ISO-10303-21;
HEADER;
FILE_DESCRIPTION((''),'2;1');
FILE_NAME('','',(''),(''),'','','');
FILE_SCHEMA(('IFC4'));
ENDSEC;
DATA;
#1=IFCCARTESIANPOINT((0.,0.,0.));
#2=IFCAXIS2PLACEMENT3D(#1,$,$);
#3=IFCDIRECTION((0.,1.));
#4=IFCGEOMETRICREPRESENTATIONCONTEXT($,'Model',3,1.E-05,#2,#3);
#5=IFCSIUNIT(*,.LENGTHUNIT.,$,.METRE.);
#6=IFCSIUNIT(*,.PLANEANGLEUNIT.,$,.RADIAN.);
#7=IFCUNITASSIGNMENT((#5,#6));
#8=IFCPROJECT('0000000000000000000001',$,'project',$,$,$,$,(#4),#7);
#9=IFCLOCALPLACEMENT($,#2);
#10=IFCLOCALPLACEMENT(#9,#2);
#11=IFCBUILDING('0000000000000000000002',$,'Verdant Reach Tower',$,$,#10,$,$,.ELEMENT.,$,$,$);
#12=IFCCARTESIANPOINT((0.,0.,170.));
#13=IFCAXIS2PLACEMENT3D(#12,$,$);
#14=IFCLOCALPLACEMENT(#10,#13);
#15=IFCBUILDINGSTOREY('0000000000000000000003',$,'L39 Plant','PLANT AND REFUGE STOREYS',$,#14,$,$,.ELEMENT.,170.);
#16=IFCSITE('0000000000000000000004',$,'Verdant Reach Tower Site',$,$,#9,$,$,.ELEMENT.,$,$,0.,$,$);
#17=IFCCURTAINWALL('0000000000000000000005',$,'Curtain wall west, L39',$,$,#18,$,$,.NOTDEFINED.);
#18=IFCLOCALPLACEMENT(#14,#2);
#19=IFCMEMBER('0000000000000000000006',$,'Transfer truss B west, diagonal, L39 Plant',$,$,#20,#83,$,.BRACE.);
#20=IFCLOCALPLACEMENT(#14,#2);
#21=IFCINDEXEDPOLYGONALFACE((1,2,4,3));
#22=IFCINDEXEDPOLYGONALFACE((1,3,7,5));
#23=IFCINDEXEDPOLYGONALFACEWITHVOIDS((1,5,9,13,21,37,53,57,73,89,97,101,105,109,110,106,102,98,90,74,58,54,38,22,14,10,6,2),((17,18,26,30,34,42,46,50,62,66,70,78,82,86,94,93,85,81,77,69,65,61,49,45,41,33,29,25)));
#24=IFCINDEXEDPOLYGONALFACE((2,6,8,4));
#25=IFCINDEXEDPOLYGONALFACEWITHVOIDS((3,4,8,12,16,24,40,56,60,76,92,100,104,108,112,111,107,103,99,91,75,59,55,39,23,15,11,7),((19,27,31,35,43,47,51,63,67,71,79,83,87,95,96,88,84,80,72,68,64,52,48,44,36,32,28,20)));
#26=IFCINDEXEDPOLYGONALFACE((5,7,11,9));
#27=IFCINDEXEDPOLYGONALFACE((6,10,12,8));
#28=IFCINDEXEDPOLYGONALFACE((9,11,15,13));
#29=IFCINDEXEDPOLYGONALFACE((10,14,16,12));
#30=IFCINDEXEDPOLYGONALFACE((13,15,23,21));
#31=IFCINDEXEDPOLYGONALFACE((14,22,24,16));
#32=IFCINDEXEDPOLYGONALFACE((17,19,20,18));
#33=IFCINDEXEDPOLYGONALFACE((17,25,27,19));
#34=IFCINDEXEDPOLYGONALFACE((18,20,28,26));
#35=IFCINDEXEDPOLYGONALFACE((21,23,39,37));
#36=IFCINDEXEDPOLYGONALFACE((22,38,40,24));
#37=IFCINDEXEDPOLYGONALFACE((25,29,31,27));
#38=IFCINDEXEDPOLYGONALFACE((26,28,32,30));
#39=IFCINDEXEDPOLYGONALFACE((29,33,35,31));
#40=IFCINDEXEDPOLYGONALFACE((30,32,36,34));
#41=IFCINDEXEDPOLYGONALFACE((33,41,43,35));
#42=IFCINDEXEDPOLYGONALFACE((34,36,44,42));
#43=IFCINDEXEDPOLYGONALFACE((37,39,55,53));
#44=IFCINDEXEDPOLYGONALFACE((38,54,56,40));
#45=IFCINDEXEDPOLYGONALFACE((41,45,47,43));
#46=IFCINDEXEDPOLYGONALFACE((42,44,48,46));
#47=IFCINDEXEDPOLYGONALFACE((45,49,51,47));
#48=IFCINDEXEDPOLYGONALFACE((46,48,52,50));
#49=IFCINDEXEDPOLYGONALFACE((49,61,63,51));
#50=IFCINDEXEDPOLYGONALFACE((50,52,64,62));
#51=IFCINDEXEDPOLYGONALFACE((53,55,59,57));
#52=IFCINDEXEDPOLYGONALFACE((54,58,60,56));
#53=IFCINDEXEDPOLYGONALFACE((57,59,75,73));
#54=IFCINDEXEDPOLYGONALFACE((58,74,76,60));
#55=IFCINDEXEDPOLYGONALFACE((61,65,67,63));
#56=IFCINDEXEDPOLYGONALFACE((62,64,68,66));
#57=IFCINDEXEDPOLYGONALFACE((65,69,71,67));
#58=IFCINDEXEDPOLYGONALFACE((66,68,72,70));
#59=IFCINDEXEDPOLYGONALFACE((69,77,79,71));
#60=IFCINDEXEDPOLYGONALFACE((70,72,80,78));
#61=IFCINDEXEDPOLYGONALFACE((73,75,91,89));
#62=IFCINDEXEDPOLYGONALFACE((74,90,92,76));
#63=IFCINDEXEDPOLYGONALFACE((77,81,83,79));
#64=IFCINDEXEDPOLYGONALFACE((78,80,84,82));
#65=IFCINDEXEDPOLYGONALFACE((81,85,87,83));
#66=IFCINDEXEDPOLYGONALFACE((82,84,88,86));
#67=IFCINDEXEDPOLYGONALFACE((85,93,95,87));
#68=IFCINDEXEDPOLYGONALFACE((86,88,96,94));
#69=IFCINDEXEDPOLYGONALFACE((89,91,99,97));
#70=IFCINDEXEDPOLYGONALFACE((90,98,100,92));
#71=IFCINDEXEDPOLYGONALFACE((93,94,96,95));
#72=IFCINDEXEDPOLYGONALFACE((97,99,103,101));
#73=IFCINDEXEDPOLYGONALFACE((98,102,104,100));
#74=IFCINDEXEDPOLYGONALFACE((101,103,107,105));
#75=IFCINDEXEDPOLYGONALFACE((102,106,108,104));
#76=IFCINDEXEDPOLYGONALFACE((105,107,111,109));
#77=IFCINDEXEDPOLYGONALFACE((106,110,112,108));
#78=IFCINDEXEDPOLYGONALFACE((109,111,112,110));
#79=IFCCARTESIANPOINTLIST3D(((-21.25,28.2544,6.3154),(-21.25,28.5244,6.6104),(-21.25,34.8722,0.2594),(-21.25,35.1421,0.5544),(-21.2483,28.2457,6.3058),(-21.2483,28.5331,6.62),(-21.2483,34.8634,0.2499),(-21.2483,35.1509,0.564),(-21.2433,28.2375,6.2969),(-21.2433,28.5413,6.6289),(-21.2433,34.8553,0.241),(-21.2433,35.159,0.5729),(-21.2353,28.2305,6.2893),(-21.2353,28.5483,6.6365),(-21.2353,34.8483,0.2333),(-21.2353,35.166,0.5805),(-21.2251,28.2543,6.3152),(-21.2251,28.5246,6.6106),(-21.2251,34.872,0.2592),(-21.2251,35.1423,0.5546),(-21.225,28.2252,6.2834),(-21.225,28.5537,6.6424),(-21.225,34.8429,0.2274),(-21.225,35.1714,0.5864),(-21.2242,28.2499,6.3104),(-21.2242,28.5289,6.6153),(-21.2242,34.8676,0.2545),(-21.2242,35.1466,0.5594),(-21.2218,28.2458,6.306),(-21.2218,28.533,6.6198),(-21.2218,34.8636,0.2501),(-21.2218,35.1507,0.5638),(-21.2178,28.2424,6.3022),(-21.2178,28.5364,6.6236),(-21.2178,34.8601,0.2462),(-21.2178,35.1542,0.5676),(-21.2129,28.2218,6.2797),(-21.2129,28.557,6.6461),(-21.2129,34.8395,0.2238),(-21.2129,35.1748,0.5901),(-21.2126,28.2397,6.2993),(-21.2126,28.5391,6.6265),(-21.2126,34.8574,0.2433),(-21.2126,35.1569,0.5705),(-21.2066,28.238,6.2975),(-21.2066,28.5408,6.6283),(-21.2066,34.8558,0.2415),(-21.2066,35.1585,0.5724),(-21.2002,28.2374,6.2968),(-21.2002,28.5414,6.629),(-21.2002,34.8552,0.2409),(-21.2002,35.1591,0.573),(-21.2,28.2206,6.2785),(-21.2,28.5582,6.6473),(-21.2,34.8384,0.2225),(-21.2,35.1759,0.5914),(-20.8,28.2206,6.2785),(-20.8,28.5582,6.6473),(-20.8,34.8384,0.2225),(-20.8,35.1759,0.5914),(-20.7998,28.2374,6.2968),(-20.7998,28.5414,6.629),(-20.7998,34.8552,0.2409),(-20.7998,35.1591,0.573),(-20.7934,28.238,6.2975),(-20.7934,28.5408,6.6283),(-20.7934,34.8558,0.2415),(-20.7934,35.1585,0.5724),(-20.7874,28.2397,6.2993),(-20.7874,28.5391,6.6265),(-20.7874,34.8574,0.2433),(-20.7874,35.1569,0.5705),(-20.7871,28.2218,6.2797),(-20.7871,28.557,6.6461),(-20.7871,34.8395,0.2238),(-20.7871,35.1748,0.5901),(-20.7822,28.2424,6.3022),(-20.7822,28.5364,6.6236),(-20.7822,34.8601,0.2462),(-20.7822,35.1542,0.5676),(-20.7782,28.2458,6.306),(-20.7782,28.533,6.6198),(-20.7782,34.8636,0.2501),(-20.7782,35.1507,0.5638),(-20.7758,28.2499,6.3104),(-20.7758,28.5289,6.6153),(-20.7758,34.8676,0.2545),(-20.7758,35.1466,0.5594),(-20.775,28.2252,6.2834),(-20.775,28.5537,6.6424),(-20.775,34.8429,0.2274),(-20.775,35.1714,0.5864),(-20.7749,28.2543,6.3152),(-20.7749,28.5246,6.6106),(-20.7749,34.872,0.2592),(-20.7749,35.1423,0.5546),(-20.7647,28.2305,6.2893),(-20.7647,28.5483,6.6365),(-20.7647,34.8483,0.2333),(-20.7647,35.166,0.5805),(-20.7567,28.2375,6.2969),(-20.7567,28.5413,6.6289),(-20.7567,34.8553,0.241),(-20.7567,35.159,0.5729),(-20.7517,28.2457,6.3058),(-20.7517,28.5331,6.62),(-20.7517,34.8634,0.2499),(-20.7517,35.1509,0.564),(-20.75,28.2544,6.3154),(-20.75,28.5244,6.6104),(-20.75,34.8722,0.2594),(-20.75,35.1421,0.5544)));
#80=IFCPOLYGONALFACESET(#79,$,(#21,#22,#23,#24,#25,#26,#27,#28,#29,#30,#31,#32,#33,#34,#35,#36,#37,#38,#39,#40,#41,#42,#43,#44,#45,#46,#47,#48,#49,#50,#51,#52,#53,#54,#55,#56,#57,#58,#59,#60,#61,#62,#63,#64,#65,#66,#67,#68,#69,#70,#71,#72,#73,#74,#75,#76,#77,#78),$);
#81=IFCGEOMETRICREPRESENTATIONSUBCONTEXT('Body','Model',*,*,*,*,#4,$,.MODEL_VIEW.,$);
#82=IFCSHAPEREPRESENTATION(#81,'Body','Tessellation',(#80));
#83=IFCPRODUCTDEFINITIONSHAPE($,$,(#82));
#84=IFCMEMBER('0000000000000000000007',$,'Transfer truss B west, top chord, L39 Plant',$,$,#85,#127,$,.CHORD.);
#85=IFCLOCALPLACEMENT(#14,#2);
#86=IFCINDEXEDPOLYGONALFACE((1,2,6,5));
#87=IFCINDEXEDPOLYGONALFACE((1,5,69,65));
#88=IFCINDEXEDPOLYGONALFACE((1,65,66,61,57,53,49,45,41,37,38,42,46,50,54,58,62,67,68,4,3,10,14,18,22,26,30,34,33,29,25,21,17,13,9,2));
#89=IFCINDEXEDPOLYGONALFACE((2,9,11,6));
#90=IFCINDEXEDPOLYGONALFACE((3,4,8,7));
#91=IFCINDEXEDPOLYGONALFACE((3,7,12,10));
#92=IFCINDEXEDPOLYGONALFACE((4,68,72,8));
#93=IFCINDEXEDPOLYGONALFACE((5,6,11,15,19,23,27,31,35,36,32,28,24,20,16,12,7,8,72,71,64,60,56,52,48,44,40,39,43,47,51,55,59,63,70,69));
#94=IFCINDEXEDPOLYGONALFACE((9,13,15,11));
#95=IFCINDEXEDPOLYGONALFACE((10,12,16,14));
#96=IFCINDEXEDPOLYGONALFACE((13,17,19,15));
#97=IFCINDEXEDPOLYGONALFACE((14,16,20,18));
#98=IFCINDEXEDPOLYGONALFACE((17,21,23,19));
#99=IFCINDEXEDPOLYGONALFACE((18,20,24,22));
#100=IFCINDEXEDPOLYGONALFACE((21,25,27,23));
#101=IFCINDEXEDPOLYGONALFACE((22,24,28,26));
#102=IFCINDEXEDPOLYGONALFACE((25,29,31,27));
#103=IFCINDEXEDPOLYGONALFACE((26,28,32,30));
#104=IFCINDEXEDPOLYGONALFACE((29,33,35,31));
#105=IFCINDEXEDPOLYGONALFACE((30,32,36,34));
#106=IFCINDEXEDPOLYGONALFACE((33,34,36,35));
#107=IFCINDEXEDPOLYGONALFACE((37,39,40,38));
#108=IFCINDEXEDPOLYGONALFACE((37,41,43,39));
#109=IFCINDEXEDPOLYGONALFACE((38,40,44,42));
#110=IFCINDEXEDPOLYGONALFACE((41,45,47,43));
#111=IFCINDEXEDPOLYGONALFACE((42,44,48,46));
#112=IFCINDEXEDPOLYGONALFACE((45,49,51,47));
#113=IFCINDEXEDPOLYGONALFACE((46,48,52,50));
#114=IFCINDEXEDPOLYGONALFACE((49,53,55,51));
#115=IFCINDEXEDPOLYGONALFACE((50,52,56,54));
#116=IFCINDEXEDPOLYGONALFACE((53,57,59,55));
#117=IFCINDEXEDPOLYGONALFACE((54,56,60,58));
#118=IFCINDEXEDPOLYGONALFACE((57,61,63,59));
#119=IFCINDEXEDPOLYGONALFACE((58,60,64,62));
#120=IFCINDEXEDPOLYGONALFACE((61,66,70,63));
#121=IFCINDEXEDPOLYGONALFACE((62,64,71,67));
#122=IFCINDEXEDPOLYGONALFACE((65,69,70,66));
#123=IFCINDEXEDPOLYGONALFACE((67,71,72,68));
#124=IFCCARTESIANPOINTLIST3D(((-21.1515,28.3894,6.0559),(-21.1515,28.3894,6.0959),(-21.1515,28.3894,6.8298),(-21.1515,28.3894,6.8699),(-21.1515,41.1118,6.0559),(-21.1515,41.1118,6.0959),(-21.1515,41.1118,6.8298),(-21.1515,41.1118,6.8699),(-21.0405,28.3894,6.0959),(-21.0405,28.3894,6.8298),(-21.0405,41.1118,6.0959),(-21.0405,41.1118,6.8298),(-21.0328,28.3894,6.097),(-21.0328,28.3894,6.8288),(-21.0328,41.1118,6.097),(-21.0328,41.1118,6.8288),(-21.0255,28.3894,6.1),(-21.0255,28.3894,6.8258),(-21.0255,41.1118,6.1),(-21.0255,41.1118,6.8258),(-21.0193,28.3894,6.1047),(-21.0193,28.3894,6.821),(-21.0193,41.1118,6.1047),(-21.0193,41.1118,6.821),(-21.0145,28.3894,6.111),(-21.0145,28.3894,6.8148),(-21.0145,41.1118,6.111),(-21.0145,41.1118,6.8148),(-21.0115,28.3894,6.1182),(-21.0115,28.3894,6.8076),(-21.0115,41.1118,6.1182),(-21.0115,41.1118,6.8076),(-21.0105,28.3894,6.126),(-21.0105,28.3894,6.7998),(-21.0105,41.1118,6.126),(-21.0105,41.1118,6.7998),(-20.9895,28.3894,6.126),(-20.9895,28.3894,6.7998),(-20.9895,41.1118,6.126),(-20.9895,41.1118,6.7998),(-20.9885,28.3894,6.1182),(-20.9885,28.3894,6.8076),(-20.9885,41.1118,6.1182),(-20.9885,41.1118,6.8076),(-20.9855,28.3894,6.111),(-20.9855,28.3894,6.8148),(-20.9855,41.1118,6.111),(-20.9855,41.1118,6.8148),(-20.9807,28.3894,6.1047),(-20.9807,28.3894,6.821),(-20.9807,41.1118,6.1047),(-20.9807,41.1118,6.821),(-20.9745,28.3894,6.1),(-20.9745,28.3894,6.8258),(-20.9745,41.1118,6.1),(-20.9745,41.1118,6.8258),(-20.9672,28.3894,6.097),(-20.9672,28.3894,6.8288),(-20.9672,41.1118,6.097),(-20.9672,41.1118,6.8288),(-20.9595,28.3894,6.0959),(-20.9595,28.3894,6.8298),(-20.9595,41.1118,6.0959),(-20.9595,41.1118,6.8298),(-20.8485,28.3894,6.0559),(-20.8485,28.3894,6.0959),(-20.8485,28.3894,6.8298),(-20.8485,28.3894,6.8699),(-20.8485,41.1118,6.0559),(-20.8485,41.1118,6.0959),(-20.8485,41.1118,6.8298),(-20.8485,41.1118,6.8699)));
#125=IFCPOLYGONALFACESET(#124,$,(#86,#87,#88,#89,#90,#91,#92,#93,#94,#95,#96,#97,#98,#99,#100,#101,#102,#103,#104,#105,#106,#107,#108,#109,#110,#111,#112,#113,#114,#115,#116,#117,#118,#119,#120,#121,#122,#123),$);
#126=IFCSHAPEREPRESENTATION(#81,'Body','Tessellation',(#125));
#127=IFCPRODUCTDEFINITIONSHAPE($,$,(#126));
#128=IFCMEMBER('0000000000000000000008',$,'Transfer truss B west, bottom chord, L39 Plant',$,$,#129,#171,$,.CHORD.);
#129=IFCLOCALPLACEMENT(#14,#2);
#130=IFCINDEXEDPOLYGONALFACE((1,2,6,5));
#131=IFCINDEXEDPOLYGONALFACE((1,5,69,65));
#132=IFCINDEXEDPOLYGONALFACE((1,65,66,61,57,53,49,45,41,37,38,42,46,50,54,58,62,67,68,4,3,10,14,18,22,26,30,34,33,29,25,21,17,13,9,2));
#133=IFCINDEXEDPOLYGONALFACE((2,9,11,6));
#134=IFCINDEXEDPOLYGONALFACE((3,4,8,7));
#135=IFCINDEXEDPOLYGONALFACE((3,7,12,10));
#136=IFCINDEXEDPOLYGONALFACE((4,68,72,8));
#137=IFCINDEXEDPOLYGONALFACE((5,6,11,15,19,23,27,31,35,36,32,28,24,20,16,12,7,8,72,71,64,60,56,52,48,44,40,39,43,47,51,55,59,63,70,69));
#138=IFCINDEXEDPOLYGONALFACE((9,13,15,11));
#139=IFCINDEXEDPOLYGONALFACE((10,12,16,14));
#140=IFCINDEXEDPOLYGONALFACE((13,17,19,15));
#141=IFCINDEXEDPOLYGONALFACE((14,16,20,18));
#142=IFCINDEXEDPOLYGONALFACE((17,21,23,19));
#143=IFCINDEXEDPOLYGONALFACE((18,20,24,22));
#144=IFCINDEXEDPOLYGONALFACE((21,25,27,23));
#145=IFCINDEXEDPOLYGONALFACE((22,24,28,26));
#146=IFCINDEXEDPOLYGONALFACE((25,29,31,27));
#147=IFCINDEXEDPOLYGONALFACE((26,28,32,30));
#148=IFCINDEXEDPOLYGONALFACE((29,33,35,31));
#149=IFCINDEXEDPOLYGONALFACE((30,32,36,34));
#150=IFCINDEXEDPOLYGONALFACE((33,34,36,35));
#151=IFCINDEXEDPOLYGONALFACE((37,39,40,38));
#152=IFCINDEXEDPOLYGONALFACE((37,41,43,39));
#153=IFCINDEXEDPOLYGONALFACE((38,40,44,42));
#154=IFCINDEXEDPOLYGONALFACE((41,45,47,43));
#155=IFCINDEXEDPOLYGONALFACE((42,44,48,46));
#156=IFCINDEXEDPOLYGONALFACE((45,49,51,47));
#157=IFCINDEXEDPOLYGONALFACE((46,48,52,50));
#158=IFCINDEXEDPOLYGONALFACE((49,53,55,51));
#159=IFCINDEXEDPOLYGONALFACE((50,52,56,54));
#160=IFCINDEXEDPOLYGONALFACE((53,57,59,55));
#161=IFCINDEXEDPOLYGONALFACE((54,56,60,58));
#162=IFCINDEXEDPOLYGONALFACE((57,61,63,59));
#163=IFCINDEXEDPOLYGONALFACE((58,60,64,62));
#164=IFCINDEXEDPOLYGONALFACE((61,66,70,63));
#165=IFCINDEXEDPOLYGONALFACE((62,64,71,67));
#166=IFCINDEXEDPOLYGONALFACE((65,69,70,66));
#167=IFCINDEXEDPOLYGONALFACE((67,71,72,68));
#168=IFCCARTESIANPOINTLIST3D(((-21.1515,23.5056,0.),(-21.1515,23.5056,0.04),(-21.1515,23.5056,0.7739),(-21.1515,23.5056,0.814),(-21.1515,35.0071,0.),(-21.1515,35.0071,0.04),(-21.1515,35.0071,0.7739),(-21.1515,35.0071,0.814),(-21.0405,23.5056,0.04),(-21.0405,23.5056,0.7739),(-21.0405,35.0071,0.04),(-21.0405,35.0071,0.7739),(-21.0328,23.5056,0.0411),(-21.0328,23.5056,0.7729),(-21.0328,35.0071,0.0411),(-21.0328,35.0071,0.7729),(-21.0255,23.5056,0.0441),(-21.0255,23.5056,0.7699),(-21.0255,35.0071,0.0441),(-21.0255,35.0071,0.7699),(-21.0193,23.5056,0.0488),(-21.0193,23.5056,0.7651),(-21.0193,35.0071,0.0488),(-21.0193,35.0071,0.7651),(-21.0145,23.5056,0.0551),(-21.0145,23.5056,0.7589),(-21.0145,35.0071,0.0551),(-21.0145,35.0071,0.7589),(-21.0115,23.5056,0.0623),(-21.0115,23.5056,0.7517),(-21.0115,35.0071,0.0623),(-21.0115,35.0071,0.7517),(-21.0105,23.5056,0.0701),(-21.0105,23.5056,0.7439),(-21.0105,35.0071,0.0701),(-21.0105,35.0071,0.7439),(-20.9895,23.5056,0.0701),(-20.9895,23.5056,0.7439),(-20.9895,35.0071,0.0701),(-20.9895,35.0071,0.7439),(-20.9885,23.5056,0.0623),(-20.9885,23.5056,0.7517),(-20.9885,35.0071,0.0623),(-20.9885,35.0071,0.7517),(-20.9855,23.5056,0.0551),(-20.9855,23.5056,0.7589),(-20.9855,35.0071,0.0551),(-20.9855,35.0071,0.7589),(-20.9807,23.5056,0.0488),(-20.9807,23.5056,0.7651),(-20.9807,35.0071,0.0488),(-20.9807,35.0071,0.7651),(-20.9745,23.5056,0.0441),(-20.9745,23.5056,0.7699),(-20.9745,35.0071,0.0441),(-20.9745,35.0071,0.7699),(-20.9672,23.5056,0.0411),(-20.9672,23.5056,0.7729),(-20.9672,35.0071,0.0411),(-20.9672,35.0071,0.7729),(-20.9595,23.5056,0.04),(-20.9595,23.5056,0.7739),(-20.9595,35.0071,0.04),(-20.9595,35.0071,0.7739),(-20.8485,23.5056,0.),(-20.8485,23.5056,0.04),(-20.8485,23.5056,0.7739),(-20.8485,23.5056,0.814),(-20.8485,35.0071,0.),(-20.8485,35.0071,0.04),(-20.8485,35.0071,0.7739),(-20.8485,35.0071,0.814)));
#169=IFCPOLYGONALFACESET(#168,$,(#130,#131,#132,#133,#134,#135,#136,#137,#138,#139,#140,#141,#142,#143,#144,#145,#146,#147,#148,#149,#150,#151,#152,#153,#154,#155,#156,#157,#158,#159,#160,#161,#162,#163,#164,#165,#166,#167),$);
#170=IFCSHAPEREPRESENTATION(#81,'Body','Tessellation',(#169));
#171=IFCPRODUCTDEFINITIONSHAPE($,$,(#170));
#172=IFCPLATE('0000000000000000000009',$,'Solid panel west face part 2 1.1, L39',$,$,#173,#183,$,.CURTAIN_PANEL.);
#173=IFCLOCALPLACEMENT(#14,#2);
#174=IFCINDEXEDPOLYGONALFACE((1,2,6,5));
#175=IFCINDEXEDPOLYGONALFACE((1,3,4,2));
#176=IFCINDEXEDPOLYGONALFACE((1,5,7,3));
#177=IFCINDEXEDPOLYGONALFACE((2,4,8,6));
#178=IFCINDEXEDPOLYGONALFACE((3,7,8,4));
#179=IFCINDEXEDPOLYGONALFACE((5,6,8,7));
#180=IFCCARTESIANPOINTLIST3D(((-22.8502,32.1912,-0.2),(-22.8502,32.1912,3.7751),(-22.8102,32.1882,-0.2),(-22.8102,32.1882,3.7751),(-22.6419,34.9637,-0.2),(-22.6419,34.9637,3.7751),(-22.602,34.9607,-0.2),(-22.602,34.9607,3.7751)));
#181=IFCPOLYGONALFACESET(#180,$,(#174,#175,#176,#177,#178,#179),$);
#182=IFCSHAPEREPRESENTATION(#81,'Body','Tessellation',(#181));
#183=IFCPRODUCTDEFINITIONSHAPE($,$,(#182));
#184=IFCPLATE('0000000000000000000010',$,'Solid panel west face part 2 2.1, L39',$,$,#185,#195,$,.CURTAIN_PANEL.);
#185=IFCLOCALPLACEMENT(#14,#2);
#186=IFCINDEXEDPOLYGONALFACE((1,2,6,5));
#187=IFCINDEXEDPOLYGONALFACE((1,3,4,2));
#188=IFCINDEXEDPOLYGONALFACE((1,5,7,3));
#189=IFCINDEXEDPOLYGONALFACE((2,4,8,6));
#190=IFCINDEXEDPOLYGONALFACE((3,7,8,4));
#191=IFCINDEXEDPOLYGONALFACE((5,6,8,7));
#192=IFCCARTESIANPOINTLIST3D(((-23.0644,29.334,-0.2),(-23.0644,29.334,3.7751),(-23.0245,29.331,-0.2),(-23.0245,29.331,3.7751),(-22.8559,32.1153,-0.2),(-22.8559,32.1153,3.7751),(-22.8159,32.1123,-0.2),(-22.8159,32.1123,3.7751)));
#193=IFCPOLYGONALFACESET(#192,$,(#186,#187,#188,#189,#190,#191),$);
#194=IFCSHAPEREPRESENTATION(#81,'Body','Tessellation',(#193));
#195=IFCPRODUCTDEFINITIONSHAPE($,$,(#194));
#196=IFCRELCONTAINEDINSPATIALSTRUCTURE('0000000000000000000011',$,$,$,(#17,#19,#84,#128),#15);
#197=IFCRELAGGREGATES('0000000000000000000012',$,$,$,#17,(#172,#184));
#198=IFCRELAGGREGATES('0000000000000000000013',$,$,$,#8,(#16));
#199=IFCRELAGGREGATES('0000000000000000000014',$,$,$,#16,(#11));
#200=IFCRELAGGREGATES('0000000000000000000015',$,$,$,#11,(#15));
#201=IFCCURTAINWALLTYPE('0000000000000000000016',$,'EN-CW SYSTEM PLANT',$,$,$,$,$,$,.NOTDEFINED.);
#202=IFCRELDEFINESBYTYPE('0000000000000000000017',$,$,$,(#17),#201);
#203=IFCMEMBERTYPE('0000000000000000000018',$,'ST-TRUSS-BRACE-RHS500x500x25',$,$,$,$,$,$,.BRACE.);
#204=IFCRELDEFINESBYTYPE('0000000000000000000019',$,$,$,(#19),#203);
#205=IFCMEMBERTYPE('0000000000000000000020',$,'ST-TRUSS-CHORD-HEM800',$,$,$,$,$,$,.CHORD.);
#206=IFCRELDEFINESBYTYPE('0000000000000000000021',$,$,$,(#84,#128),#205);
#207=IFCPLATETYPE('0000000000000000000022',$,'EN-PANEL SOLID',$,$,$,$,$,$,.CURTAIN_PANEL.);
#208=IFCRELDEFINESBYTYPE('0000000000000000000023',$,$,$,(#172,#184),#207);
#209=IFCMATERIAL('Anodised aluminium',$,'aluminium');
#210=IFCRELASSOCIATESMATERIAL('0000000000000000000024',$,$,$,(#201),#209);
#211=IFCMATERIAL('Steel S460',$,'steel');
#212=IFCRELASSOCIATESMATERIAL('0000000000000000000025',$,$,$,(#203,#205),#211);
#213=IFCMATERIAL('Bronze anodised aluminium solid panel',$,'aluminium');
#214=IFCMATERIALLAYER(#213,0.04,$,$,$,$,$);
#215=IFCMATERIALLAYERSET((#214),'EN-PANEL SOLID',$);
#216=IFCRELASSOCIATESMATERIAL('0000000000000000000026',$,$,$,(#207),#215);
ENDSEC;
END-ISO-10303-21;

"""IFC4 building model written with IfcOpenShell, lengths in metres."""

from ifc_helpers import new_model, si_unit, direction, frame, origin, origin_2d, place, context, subcontext, project, spatial, rectangle, hollow_rectangle, i_section, extrude, material, layer, layer_set, material_profile, profile_set, type_object, element, aggregate, save


model = new_model("IFC4")

# Units and contexts
model_context = context("Model", 3, precision=1e-05, world=origin(), true_north=direction((0.0, 1.0)))
body_context = subcontext(model_context, "Body", "Model", "MODEL_VIEW")
ifc_project = project(units=[si_unit("LENGTHUNIT", "METRE"), si_unit("PLANEANGLEUNIT", "RADIAN")], contexts=[model_context])

# Site, building, storey
site_placement = place(None, origin())
site = spatial("IfcSite", under=ifc_project, at=site_placement, Name="Verdant Reach Tower Site", CompositionType="ELEMENT", RefElevation=0.0)
building_placement = place(site_placement, origin())
building = spatial("IfcBuilding", under=site, at=building_placement, Name="Verdant Reach Tower", CompositionType="ELEMENT")
storey_placement = place(building_placement, frame((0.0, 0.0, 170.0)))
storey = spatial("IfcBuildingStorey", under=building, at=storey_placement, Name="L39 Plant", Description="PLANT AND REFUGE STOREYS", CompositionType="ELEMENT", Elevation=170.0)

# Shared definitions
ifc_material_1 = material(Name="Steel S460", Category="steel")

# Curtain wall
ifc_material_2 = material(Name="Anodised aluminium", Category="aluminium")
curtain_wall_type = type_object("IfcCurtainWallType", Name="EN-CW SYSTEM PLANT", PredefinedType="NOTDEFINED", material=ifc_material_2)
curtain_wall_placement = place(storey_placement, origin())
curtain_wall = element("IfcCurtainWall", 1, at=curtain_wall_placement, inside=storey, type_object=curtain_wall_type, Name="Curtain wall west, L39", PredefinedType="NOTDEFINED")

# Members
ifc_material_profile_1 = material_profile(ifc_material_1, hollow_rectangle(XDim=0.5, YDim=0.5, WallThickness=0.0249, InnerFilletRadius=0.0249, OuterFilletRadius=0.05, at=origin_2d()), Name="RHS 500x500x25")
ifc_profile_set_1 = profile_set([ifc_material_profile_1], Name="Steel S460")
member_type_1 = type_object("IfcMemberType", Name="ST-TRUSS-BRACE-RHS500x500x25", PredefinedType="BRACE", material=ifc_profile_set_1)
member_1_placement = place(storey_placement, frame((-21.0, 28.3894, 6.4629), z_axis=(0.0, 0.737726, -0.675101), x_axis=(-1.0, 0.0, 0.0)))
element("IfcMember", 2, at=member_1_placement, inside=storey, type_object=member_type_1, Name="Transfer truss B west, diagonal, L39 Plant", PredefinedType="BRACE", context=body_context, shape_type="SweptSolid", body=[
    extrude(hollow_rectangle(XDim=0.5, YDim=0.5, WallThickness=0.0249, InnerFilletRadius=0.0249, OuterFilletRadius=0.05, at=origin_2d()), origin(), (0.0, 0.0, 1.0), 8.9705),
])
ifc_material_profile_2 = material_profile(ifc_material_1, i_section(OverallWidth=0.303, OverallDepth=0.814, WebThickness=0.021, FlangeThickness=0.04, FilletRadius=0.03, at=origin_2d()), Name="HEM 800")
ifc_profile_set_2 = profile_set([ifc_material_profile_2], Name="Steel S460")
member_type_2 = type_object("IfcMemberType", Name="ST-TRUSS-CHORD-HEM800", PredefinedType="CHORD", material=ifc_profile_set_2)
member_2_placement = place(storey_placement, frame((-21.0, 28.3894, 6.4629), z_axis=(0.0, 1.0, 0.0), x_axis=(-1.0, 0.0, 0.0)))
element("IfcMember", 3, at=member_2_placement, inside=storey, type_object=member_type_2, Name="Transfer truss B west, top chord, L39 Plant", PredefinedType="CHORD", context=body_context, shape_type="SweptSolid", body=[
    extrude(i_section(OverallWidth=0.303, OverallDepth=0.814, WebThickness=0.021, FlangeThickness=0.04, FilletRadius=0.03, at=origin_2d()), origin(), (0.0, 0.0, 1.0), 12.7224),
])
member_3_placement = place(storey_placement, frame((-21.0, 23.5056, 0.407), z_axis=(0.0, 1.0, 0.0), x_axis=(-1.0, 0.0, 0.0)))
element("IfcMember", 4, at=member_3_placement, inside=storey, type_object=member_type_2, Name="Transfer truss B west, bottom chord, L39 Plant", PredefinedType="CHORD", context=body_context, shape_type="SweptSolid", body=[
    extrude(i_section(OverallWidth=0.303, OverallDepth=0.814, WebThickness=0.021, FlangeThickness=0.04, FilletRadius=0.03, at=origin_2d()), origin(), (0.0, 0.0, 1.0), 11.5015),
])

# Plates
ifc_material_3 = material(Name="Bronze anodised aluminium solid panel", Category="aluminium")
ifc_layer_1 = layer(ifc_material_3, 0.04)
ifc_layer_set_1 = layer_set([ifc_layer_1], Name="EN-PANEL SOLID")
plate_type_1 = type_object("IfcPlateType", Name="EN-PANEL SOLID", PredefinedType="CURTAIN_PANEL", material=ifc_layer_set_1)
plate_1_placement = place(storey_placement, frame((-22.7261, 33.5759, -0.2), z_axis=(0.0, 0.0, 1.0), x_axis=(-0.074906, -0.997191, 0.0)))
plate_1 = element("IfcPlate", 5, at=plate_1_placement, type_object=plate_type_1, Name="Solid panel west face part 2 1.1, L39", PredefinedType="CURTAIN_PANEL", context=body_context, shape_type="SweptSolid", body=[
    extrude(rectangle(XDim=2.7803, YDim=0.04, at=origin_2d()), origin(), (0.0, 0.0, 1.0), 3.9751),
])
plate_2_placement = place(storey_placement, frame((-22.9402, 30.7231, -0.2), z_axis=(0.0, 0.0, 1.0), x_axis=(-0.07479, -0.997199, 0.0)))
plate_2 = element("IfcPlate", 6, at=plate_2_placement, type_object=plate_type_1, Name="Solid panel west face part 2 2.1, L39", PredefinedType="CURTAIN_PANEL", context=body_context, shape_type="SweptSolid", body=[
    extrude(rectangle(XDim=2.7891, YDim=0.04, at=origin_2d()), origin(), (0.0, 0.0, 1.0), 3.9751),
])

aggregate(curtain_wall, [plate_1, plate_2])

save(model, "model.ifc")
